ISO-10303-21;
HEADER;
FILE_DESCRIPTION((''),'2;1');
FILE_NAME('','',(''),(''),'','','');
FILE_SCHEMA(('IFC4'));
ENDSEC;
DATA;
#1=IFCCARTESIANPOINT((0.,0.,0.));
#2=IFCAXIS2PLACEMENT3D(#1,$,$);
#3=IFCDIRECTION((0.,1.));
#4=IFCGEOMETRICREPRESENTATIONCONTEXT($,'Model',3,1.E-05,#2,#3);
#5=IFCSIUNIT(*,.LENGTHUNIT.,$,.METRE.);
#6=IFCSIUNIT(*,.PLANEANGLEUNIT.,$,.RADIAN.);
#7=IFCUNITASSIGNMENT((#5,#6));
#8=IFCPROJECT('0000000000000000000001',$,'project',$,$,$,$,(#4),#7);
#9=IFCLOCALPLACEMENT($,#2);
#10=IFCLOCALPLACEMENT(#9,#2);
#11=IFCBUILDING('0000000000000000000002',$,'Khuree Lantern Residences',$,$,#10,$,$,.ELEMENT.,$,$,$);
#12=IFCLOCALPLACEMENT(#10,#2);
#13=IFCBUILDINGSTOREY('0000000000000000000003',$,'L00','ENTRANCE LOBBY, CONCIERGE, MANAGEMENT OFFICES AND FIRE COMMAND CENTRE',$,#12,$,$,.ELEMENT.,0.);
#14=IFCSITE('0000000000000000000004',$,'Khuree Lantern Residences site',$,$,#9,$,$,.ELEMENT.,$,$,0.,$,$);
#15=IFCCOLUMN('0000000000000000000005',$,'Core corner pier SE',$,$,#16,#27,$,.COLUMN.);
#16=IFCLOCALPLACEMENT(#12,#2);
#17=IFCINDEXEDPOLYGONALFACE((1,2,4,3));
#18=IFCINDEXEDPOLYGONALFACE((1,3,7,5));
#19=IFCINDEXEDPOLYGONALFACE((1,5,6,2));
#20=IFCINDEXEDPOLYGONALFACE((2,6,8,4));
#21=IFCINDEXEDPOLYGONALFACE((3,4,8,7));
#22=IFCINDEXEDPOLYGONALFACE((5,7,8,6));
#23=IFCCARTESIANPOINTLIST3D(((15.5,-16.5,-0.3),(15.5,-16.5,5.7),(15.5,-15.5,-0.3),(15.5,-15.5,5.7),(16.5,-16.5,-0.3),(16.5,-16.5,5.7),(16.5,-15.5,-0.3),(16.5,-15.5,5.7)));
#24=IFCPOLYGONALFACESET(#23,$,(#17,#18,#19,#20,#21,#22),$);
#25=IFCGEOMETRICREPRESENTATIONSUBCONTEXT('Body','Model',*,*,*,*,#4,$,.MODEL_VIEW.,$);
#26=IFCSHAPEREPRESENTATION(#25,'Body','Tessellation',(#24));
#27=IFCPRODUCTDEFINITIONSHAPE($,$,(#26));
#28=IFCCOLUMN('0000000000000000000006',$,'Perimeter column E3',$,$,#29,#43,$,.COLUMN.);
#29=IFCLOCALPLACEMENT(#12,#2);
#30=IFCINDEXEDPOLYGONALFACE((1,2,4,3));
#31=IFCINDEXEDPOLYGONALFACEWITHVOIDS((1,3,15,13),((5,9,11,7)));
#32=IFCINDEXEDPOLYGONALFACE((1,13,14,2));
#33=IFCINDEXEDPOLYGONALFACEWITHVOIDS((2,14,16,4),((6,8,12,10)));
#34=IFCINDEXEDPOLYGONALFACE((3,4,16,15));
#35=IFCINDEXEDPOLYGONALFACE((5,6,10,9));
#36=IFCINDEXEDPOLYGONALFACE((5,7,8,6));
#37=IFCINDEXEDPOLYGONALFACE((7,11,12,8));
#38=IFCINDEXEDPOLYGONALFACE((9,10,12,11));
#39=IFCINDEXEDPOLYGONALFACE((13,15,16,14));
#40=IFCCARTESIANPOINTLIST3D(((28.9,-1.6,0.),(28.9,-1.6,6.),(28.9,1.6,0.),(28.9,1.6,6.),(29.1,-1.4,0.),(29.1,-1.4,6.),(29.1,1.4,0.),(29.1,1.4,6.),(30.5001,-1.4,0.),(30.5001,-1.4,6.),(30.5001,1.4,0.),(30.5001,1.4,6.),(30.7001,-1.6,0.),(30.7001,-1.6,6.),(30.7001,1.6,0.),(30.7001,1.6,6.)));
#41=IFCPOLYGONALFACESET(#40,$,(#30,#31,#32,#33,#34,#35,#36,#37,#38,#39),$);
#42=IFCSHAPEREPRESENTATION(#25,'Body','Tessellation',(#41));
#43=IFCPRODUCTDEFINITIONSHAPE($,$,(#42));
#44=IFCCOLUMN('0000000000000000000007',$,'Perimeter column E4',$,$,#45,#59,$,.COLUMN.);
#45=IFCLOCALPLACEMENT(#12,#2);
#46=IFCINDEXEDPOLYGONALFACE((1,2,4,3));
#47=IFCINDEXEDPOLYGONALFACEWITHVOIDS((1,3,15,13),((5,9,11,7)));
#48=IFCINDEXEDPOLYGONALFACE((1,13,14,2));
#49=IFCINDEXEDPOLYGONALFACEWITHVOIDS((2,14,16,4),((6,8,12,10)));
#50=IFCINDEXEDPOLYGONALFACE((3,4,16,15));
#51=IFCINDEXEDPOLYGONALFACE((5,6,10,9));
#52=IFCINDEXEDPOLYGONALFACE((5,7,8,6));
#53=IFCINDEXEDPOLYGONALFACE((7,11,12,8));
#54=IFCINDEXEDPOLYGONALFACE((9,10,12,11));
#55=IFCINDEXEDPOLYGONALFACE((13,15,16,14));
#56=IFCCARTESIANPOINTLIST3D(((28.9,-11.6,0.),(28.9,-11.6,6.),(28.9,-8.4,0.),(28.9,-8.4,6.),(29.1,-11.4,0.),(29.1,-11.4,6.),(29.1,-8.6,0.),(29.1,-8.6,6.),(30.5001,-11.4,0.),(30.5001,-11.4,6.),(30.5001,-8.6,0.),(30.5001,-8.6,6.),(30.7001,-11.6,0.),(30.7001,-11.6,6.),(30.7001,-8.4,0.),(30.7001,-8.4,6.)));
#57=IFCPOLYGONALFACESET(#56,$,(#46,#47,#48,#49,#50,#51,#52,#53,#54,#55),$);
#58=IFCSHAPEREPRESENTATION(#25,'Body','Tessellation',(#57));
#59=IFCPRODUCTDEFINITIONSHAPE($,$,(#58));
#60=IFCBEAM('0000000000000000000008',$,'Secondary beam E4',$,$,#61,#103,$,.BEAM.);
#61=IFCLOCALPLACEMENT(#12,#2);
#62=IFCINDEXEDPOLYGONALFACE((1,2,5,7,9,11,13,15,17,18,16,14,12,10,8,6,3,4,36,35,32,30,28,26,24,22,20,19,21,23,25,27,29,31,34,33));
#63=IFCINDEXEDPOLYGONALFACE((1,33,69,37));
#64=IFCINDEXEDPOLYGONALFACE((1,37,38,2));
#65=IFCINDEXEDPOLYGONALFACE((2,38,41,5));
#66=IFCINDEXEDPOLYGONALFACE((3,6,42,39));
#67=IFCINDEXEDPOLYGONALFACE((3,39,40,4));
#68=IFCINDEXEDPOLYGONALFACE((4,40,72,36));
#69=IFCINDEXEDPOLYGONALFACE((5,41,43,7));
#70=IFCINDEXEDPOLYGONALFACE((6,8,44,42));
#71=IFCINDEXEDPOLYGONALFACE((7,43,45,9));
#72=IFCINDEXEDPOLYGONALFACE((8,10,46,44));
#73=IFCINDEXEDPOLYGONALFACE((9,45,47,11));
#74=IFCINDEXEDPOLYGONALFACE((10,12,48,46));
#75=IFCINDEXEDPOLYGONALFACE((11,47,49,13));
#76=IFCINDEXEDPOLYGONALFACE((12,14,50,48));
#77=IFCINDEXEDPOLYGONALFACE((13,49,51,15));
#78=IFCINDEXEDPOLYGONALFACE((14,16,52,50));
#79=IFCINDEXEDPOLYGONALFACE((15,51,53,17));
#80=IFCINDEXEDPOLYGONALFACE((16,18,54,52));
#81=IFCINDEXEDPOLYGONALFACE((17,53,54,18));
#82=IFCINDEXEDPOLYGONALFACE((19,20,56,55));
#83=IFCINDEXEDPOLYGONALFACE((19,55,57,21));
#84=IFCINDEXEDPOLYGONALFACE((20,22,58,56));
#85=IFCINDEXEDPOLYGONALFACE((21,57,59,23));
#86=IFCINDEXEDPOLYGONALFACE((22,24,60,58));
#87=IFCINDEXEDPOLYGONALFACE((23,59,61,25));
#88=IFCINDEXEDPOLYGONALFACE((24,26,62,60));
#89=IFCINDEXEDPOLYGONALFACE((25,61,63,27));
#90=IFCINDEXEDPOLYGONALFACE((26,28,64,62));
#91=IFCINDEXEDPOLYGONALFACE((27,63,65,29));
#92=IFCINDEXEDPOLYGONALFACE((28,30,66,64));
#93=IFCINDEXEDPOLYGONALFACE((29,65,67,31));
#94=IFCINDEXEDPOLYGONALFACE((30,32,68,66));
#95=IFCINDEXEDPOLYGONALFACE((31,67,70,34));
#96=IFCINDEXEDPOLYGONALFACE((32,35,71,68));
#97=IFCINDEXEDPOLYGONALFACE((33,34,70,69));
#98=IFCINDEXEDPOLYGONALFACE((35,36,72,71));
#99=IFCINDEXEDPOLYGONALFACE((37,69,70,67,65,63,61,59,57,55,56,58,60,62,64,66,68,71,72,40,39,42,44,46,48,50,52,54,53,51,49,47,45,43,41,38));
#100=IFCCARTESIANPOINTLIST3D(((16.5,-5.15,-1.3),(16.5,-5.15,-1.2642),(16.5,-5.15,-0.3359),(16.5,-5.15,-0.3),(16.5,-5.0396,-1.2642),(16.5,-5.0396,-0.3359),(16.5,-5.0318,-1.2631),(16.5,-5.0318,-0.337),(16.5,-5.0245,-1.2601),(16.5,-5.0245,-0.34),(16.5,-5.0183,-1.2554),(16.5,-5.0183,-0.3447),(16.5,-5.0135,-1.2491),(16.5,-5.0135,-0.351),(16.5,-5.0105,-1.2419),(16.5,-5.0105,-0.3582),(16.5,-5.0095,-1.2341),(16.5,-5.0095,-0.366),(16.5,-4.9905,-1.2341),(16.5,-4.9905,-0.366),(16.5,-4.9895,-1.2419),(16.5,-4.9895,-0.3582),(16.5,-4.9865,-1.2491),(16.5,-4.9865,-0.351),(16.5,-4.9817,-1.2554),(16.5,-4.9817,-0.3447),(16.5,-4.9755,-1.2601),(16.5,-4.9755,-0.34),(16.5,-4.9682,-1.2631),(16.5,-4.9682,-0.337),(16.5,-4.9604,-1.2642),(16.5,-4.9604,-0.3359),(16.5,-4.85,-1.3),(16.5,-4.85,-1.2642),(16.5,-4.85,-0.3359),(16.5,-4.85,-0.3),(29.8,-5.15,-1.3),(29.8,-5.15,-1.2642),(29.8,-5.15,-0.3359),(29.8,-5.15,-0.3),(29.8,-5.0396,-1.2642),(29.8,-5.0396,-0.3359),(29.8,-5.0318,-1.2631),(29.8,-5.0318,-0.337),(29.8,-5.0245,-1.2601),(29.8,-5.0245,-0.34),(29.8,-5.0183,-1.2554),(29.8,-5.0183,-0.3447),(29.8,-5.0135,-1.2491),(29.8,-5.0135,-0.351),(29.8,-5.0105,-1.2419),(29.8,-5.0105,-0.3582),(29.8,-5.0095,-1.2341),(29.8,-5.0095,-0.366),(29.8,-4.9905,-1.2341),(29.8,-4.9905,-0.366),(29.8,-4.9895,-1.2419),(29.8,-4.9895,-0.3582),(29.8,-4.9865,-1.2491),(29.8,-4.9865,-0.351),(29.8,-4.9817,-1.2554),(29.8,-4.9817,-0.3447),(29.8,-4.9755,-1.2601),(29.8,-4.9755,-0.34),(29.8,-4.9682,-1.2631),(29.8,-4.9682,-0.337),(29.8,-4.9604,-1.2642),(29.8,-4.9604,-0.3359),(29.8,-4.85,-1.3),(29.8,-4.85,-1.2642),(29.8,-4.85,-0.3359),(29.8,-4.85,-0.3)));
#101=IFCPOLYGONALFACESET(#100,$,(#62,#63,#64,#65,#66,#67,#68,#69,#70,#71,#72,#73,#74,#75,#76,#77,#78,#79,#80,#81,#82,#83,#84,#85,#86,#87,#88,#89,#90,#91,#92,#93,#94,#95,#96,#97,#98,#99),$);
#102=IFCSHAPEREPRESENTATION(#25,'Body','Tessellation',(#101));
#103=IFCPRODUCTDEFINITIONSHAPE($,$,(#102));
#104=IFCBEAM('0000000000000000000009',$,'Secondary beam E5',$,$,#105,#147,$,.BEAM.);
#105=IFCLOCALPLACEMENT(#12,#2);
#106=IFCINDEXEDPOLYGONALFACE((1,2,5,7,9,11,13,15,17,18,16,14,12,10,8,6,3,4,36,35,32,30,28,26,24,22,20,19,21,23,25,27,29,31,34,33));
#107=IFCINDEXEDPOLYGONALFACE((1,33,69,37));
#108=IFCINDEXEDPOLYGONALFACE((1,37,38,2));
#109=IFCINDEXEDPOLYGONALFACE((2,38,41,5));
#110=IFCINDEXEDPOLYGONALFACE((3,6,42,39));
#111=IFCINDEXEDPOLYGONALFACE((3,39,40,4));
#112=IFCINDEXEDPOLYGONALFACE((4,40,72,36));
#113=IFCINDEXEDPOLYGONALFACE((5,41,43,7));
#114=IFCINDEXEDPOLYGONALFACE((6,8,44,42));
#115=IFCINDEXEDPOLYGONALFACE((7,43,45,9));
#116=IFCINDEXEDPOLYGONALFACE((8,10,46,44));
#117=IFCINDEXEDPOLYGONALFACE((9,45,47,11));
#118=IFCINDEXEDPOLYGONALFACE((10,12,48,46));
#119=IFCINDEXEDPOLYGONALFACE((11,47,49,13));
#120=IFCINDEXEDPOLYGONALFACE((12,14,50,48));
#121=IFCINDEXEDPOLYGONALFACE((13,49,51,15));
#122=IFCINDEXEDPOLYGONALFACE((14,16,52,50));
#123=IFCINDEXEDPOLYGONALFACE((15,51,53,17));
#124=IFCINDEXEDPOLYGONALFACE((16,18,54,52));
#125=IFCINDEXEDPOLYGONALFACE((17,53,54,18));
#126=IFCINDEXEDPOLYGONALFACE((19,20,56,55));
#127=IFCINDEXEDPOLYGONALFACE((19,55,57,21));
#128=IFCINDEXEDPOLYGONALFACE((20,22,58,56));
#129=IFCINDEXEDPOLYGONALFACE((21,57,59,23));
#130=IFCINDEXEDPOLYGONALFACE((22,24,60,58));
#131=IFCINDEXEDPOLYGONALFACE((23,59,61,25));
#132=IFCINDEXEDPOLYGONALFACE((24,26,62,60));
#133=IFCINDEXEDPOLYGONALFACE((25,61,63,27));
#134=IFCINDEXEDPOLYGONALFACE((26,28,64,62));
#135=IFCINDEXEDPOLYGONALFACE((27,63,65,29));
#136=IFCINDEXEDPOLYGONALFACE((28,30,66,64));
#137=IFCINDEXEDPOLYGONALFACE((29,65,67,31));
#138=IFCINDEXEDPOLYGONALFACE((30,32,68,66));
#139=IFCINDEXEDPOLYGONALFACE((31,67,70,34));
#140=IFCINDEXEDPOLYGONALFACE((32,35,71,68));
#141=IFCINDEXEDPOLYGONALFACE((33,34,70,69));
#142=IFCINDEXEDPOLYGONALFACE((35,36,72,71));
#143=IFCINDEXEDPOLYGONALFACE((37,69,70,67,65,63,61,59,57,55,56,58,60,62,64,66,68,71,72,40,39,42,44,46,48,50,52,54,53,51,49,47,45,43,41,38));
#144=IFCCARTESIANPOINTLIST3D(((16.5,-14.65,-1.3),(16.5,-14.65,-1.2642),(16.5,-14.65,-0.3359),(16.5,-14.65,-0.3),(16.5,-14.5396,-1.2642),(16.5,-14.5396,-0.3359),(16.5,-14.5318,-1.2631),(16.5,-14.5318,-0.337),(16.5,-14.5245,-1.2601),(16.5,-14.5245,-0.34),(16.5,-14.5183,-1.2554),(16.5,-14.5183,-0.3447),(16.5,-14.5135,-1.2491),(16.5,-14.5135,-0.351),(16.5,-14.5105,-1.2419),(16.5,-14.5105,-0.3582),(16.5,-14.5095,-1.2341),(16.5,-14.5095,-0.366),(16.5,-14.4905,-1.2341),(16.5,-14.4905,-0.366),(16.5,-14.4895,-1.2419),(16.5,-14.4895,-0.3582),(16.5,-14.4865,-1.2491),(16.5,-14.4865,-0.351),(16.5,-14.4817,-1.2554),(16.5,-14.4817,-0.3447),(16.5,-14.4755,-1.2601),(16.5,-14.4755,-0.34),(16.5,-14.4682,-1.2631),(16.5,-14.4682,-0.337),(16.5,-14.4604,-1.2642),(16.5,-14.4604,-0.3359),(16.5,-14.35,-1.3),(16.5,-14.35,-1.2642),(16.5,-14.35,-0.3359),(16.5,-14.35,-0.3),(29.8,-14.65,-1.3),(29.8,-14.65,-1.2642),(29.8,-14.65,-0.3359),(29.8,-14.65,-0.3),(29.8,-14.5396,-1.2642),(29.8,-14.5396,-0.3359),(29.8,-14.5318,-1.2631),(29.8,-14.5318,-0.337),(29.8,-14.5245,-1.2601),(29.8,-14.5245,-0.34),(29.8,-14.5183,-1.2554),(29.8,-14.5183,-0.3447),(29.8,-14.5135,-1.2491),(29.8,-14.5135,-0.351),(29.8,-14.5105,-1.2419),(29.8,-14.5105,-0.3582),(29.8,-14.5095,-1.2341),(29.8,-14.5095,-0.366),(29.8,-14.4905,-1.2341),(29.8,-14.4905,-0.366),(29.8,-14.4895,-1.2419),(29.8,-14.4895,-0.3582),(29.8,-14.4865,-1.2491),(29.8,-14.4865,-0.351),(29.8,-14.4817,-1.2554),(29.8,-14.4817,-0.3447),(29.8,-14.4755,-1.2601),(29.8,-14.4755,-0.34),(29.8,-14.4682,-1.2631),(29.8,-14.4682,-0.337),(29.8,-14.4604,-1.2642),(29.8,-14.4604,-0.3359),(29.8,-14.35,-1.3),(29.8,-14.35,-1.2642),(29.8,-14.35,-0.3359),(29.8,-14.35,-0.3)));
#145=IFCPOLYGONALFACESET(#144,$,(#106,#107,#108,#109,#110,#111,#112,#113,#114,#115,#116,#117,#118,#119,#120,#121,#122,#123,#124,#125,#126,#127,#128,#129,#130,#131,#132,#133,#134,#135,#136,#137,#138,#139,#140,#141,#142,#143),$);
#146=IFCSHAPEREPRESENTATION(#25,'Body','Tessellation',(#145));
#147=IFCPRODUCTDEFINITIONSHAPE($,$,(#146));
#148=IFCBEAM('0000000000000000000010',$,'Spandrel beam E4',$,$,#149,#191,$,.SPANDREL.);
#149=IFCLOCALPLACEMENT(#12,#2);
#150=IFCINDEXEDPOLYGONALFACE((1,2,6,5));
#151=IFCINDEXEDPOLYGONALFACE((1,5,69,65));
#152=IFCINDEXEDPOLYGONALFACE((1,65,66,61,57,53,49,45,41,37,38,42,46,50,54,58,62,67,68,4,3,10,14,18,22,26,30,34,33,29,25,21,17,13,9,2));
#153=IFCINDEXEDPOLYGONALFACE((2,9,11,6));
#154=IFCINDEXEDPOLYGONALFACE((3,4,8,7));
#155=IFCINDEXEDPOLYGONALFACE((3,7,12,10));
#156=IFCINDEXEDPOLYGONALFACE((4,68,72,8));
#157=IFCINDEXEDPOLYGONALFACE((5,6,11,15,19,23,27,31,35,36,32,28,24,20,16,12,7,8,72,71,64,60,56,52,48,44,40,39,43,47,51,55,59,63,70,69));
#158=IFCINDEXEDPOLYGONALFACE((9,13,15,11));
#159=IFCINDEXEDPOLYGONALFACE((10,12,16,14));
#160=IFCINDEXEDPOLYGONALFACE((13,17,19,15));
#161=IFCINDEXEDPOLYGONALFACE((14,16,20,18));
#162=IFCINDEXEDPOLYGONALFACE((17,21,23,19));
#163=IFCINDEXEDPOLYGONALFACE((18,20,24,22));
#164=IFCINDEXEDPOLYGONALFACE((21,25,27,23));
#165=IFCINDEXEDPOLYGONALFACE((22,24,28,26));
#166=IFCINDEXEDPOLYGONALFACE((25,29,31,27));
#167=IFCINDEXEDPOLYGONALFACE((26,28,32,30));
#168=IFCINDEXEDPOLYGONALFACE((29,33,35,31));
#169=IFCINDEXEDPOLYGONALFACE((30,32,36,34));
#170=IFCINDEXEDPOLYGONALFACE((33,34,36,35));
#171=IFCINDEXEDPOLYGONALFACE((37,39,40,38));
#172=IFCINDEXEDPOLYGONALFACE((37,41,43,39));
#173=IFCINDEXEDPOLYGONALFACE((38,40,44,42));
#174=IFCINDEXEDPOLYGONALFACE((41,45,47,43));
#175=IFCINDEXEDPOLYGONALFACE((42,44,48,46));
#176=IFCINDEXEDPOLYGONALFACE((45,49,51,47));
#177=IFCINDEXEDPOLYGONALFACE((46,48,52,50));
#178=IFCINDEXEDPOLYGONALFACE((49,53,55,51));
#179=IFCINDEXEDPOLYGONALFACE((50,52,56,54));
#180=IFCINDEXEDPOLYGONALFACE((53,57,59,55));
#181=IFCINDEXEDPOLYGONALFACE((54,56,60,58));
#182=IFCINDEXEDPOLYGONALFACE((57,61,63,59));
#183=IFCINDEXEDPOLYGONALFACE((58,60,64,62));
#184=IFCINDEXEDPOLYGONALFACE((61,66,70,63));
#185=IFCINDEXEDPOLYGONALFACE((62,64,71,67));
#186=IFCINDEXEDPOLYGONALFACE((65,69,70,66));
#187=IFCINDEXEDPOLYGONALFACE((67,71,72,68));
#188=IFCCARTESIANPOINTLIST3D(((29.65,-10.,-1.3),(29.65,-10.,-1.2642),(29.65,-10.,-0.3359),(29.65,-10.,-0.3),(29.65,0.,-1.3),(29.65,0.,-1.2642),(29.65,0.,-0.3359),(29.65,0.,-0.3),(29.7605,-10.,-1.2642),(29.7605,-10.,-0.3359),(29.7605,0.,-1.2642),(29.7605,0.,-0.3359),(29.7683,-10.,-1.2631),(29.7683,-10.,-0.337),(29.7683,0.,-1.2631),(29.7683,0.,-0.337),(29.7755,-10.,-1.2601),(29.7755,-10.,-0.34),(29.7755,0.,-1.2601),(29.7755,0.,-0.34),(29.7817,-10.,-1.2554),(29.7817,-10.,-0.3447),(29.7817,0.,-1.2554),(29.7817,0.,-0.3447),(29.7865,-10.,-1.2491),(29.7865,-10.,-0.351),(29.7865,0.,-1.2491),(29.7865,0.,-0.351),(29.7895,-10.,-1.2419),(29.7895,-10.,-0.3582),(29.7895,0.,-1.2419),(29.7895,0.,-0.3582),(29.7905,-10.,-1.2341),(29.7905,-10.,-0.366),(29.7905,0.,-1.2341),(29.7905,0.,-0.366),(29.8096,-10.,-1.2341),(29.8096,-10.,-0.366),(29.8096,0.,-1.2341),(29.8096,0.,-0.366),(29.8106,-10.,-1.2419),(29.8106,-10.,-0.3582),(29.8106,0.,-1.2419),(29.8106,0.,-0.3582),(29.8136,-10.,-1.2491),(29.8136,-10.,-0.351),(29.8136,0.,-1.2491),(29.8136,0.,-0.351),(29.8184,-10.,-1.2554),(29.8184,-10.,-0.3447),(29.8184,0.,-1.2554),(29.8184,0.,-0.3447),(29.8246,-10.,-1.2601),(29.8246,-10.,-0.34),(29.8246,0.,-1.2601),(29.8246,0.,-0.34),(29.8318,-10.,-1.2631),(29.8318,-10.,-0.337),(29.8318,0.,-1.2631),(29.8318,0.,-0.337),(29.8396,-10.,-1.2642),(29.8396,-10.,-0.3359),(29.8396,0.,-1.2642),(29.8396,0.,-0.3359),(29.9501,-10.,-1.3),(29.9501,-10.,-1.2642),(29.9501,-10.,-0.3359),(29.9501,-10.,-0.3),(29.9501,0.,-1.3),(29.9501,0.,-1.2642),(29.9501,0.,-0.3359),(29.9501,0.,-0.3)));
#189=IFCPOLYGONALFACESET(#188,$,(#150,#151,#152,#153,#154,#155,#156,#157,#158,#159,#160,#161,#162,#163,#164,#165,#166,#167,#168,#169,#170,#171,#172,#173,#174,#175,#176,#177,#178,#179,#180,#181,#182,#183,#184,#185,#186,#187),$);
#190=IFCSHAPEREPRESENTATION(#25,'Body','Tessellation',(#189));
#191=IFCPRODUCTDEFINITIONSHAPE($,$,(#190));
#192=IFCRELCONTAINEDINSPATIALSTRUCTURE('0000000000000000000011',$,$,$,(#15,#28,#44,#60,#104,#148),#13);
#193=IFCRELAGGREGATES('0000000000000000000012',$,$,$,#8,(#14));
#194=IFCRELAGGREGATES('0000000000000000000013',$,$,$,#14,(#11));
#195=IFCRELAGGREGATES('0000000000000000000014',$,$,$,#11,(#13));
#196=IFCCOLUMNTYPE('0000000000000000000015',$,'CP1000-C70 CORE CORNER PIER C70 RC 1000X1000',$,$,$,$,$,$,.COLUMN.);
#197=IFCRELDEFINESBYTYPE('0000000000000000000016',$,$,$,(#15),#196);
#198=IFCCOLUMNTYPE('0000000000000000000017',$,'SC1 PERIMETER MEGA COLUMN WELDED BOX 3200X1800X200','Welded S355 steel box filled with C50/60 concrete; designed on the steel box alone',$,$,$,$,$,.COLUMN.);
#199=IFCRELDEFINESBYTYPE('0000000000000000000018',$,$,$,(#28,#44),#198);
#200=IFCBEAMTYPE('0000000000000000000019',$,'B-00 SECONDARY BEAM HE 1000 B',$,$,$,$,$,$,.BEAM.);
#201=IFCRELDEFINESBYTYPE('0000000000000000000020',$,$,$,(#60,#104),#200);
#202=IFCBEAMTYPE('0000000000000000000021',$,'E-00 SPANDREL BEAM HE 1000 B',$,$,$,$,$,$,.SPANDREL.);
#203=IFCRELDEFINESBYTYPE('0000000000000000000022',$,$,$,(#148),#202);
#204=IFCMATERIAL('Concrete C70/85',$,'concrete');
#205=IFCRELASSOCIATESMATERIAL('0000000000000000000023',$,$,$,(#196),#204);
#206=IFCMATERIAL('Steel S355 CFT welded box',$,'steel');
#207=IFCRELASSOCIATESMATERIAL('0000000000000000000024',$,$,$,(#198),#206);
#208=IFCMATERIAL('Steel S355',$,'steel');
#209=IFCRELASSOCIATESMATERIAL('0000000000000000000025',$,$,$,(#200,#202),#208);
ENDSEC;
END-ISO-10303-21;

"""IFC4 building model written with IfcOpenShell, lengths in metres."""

from ifc_helpers import new_model, si_unit, direction, frame, origin, origin_2d, place, context, subcontext, project, spatial, rectangle, hollow_rectangle, i_section, extrude, material, material_profile, profile_set, type_object, element, save


model = new_model("IFC4")

# Units and contexts
model_context = context("Model", 3, precision=1e-05, world=origin(), true_north=direction((0.0, 1.0)))
body_context = subcontext(model_context, "Body", "Model", "MODEL_VIEW")
ifc_project = project(units=[si_unit("LENGTHUNIT", "METRE"), si_unit("PLANEANGLEUNIT", "RADIAN")], contexts=[model_context])

# Site, building, storey
site_placement = place(None, origin())
site = spatial("IfcSite", under=ifc_project, at=site_placement, Name="Khuree Lantern Residences site", CompositionType="ELEMENT", RefElevation=0.0)
building_placement = place(site_placement, origin())
building = spatial("IfcBuilding", under=site, at=building_placement, Name="Khuree Lantern Residences", CompositionType="ELEMENT")
storey_placement = place(building_placement, origin())
storey = spatial("IfcBuildingStorey", under=building, at=storey_placement, Name="L00", Description="ENTRANCE LOBBY, CONCIERGE, MANAGEMENT OFFICES AND FIRE COMMAND CENTRE", CompositionType="ELEMENT", Elevation=0.0)

# Columns
ifc_material_1 = material(Name="Concrete C70/85", Category="concrete")
ifc_material_profile_1 = material_profile(ifc_material_1, rectangle(XDim=1.0, YDim=1.0, at=origin_2d()), Name="RC 1000X1000")
ifc_profile_set_1 = profile_set([ifc_material_profile_1], Name="Concrete C70/85")
column_type_1 = type_object("IfcColumnType", Name="CP1000-C70 CORE CORNER PIER C70 RC 1000X1000", PredefinedType="COLUMN", material=ifc_profile_set_1)
column_placement = place(storey_placement, frame((16.0, -16.0, -0.3), z_axis=(0.0, 0.0, 1.0), x_axis=(1.0, 0.0, 0.0)))
element("IfcColumn", 1, at=column_placement, inside=storey, type_object=column_type_1, Name="Core corner pier SE", PredefinedType="COLUMN", context=body_context, shape_type="SweptSolid", body=[
    extrude(rectangle(XDim=1.0, YDim=1.0, at=origin_2d()), origin(), (0.0, 0.0, 1.0), 6.0),
])
ifc_material_2 = material(Name="Steel S355 CFT welded box", Category="steel")
ifc_material_profile_2 = material_profile(ifc_material_2, hollow_rectangle(XDim=3.2, YDim=1.8, WallThickness=0.2, at=origin_2d()), Name="WELDED BOX 3200X1800X200")
ifc_profile_set_2 = profile_set([ifc_material_profile_2], Name="Steel S355 CFT welded box")
column_type_2 = type_object("IfcColumnType", Name="SC1 PERIMETER MEGA COLUMN WELDED BOX 3200X1800X200", Description="Welded S355 steel box filled with C50/60 concrete; designed on the steel box alone", PredefinedType="COLUMN", material=ifc_profile_set_2)
for number, where, z_axis, x_axis, name in (
    (2, (29.8, 0.0, 0.0), (0.0, 0.0, 1.0), (0.0, 1.0, 0.0), "Perimeter column E3"),
    (3, (29.8, -10.0, 0.0), (0.0, 0.0, 1.0), (0.0, 1.0, 0.0), "Perimeter column E4"),
):
    element("IfcColumn", number, at=place(storey_placement, frame(where, z_axis=z_axis, x_axis=x_axis)), inside=storey, type_object=column_type_2, Name=name, PredefinedType="COLUMN", context=body_context, shape_type="SweptSolid", body=[
        extrude(hollow_rectangle(XDim=3.2, YDim=1.8, WallThickness=0.2, at=origin_2d()), origin(), (0.0, 0.0, 1.0), 6.0),
    ])

# Beams
ifc_material_3 = material(Name="Steel S355", Category="steel")
ifc_material_profile_3 = material_profile(ifc_material_3, i_section(OverallWidth=0.3, OverallDepth=1.0, WebThickness=0.019, FlangeThickness=0.0359, FilletRadius=0.03, at=origin_2d()), Name="HE 1000 B")
ifc_profile_set_3 = profile_set([ifc_material_profile_3], Name="Steel S355")
beam_type_1 = type_object("IfcBeamType", Name="B-00 SECONDARY BEAM HE 1000 B", PredefinedType="BEAM", material=ifc_profile_set_3)
for number, where, z_axis, x_axis, name in (
    (4, (29.8, -5.0, -0.8), (-1.0, 0.0, 0.0), (0.0, -1.0, 0.0), "Secondary beam E4"),
    (5, (29.8, -14.5, -0.8), (-1.0, 0.0, 0.0), (0.0, -1.0, 0.0), "Secondary beam E5"),
):
    element("IfcBeam", number, at=place(storey_placement, frame(where, z_axis=z_axis, x_axis=x_axis)), inside=storey, type_object=beam_type_1, Name=name, PredefinedType="BEAM", context=body_context, shape_type="SweptSolid", body=[
        extrude(i_section(OverallWidth=0.3, OverallDepth=1.0, WebThickness=0.019, FlangeThickness=0.0359, FilletRadius=0.03, at=origin_2d()), origin(), (0.0, 0.0, 1.0), 13.3),
    ])
ifc_material_profile_4 = material_profile(ifc_material_3, i_section(OverallWidth=0.3, OverallDepth=1.0, WebThickness=0.019, FlangeThickness=0.0359, FilletRadius=0.03, at=origin_2d()), Name="HE 1000 B")
ifc_profile_set_4 = profile_set([ifc_material_profile_4], Name="Steel S355")
beam_type_2 = type_object("IfcBeamType", Name="E-00 SPANDREL BEAM HE 1000 B", PredefinedType="SPANDREL", material=ifc_profile_set_4)
for number, where, z_axis, x_axis, name in (
    (6, (29.8, 0.0, -0.8), (0.0, -1.0, 0.0), (1.0, 0.0, 0.0), "Spandrel beam E4"),
):
    element("IfcBeam", number, at=place(storey_placement, frame(where, z_axis=z_axis, x_axis=x_axis)), inside=storey, type_object=beam_type_2, Name=name, PredefinedType="SPANDREL", context=body_context, shape_type="SweptSolid", body=[
        extrude(i_section(OverallWidth=0.3, OverallDepth=1.0, WebThickness=0.019, FlangeThickness=0.0359, FilletRadius=0.03, at=origin_2d()), origin(), (0.0, 0.0, 1.0), 10.0),
    ])

save(model, "model.ifc")
